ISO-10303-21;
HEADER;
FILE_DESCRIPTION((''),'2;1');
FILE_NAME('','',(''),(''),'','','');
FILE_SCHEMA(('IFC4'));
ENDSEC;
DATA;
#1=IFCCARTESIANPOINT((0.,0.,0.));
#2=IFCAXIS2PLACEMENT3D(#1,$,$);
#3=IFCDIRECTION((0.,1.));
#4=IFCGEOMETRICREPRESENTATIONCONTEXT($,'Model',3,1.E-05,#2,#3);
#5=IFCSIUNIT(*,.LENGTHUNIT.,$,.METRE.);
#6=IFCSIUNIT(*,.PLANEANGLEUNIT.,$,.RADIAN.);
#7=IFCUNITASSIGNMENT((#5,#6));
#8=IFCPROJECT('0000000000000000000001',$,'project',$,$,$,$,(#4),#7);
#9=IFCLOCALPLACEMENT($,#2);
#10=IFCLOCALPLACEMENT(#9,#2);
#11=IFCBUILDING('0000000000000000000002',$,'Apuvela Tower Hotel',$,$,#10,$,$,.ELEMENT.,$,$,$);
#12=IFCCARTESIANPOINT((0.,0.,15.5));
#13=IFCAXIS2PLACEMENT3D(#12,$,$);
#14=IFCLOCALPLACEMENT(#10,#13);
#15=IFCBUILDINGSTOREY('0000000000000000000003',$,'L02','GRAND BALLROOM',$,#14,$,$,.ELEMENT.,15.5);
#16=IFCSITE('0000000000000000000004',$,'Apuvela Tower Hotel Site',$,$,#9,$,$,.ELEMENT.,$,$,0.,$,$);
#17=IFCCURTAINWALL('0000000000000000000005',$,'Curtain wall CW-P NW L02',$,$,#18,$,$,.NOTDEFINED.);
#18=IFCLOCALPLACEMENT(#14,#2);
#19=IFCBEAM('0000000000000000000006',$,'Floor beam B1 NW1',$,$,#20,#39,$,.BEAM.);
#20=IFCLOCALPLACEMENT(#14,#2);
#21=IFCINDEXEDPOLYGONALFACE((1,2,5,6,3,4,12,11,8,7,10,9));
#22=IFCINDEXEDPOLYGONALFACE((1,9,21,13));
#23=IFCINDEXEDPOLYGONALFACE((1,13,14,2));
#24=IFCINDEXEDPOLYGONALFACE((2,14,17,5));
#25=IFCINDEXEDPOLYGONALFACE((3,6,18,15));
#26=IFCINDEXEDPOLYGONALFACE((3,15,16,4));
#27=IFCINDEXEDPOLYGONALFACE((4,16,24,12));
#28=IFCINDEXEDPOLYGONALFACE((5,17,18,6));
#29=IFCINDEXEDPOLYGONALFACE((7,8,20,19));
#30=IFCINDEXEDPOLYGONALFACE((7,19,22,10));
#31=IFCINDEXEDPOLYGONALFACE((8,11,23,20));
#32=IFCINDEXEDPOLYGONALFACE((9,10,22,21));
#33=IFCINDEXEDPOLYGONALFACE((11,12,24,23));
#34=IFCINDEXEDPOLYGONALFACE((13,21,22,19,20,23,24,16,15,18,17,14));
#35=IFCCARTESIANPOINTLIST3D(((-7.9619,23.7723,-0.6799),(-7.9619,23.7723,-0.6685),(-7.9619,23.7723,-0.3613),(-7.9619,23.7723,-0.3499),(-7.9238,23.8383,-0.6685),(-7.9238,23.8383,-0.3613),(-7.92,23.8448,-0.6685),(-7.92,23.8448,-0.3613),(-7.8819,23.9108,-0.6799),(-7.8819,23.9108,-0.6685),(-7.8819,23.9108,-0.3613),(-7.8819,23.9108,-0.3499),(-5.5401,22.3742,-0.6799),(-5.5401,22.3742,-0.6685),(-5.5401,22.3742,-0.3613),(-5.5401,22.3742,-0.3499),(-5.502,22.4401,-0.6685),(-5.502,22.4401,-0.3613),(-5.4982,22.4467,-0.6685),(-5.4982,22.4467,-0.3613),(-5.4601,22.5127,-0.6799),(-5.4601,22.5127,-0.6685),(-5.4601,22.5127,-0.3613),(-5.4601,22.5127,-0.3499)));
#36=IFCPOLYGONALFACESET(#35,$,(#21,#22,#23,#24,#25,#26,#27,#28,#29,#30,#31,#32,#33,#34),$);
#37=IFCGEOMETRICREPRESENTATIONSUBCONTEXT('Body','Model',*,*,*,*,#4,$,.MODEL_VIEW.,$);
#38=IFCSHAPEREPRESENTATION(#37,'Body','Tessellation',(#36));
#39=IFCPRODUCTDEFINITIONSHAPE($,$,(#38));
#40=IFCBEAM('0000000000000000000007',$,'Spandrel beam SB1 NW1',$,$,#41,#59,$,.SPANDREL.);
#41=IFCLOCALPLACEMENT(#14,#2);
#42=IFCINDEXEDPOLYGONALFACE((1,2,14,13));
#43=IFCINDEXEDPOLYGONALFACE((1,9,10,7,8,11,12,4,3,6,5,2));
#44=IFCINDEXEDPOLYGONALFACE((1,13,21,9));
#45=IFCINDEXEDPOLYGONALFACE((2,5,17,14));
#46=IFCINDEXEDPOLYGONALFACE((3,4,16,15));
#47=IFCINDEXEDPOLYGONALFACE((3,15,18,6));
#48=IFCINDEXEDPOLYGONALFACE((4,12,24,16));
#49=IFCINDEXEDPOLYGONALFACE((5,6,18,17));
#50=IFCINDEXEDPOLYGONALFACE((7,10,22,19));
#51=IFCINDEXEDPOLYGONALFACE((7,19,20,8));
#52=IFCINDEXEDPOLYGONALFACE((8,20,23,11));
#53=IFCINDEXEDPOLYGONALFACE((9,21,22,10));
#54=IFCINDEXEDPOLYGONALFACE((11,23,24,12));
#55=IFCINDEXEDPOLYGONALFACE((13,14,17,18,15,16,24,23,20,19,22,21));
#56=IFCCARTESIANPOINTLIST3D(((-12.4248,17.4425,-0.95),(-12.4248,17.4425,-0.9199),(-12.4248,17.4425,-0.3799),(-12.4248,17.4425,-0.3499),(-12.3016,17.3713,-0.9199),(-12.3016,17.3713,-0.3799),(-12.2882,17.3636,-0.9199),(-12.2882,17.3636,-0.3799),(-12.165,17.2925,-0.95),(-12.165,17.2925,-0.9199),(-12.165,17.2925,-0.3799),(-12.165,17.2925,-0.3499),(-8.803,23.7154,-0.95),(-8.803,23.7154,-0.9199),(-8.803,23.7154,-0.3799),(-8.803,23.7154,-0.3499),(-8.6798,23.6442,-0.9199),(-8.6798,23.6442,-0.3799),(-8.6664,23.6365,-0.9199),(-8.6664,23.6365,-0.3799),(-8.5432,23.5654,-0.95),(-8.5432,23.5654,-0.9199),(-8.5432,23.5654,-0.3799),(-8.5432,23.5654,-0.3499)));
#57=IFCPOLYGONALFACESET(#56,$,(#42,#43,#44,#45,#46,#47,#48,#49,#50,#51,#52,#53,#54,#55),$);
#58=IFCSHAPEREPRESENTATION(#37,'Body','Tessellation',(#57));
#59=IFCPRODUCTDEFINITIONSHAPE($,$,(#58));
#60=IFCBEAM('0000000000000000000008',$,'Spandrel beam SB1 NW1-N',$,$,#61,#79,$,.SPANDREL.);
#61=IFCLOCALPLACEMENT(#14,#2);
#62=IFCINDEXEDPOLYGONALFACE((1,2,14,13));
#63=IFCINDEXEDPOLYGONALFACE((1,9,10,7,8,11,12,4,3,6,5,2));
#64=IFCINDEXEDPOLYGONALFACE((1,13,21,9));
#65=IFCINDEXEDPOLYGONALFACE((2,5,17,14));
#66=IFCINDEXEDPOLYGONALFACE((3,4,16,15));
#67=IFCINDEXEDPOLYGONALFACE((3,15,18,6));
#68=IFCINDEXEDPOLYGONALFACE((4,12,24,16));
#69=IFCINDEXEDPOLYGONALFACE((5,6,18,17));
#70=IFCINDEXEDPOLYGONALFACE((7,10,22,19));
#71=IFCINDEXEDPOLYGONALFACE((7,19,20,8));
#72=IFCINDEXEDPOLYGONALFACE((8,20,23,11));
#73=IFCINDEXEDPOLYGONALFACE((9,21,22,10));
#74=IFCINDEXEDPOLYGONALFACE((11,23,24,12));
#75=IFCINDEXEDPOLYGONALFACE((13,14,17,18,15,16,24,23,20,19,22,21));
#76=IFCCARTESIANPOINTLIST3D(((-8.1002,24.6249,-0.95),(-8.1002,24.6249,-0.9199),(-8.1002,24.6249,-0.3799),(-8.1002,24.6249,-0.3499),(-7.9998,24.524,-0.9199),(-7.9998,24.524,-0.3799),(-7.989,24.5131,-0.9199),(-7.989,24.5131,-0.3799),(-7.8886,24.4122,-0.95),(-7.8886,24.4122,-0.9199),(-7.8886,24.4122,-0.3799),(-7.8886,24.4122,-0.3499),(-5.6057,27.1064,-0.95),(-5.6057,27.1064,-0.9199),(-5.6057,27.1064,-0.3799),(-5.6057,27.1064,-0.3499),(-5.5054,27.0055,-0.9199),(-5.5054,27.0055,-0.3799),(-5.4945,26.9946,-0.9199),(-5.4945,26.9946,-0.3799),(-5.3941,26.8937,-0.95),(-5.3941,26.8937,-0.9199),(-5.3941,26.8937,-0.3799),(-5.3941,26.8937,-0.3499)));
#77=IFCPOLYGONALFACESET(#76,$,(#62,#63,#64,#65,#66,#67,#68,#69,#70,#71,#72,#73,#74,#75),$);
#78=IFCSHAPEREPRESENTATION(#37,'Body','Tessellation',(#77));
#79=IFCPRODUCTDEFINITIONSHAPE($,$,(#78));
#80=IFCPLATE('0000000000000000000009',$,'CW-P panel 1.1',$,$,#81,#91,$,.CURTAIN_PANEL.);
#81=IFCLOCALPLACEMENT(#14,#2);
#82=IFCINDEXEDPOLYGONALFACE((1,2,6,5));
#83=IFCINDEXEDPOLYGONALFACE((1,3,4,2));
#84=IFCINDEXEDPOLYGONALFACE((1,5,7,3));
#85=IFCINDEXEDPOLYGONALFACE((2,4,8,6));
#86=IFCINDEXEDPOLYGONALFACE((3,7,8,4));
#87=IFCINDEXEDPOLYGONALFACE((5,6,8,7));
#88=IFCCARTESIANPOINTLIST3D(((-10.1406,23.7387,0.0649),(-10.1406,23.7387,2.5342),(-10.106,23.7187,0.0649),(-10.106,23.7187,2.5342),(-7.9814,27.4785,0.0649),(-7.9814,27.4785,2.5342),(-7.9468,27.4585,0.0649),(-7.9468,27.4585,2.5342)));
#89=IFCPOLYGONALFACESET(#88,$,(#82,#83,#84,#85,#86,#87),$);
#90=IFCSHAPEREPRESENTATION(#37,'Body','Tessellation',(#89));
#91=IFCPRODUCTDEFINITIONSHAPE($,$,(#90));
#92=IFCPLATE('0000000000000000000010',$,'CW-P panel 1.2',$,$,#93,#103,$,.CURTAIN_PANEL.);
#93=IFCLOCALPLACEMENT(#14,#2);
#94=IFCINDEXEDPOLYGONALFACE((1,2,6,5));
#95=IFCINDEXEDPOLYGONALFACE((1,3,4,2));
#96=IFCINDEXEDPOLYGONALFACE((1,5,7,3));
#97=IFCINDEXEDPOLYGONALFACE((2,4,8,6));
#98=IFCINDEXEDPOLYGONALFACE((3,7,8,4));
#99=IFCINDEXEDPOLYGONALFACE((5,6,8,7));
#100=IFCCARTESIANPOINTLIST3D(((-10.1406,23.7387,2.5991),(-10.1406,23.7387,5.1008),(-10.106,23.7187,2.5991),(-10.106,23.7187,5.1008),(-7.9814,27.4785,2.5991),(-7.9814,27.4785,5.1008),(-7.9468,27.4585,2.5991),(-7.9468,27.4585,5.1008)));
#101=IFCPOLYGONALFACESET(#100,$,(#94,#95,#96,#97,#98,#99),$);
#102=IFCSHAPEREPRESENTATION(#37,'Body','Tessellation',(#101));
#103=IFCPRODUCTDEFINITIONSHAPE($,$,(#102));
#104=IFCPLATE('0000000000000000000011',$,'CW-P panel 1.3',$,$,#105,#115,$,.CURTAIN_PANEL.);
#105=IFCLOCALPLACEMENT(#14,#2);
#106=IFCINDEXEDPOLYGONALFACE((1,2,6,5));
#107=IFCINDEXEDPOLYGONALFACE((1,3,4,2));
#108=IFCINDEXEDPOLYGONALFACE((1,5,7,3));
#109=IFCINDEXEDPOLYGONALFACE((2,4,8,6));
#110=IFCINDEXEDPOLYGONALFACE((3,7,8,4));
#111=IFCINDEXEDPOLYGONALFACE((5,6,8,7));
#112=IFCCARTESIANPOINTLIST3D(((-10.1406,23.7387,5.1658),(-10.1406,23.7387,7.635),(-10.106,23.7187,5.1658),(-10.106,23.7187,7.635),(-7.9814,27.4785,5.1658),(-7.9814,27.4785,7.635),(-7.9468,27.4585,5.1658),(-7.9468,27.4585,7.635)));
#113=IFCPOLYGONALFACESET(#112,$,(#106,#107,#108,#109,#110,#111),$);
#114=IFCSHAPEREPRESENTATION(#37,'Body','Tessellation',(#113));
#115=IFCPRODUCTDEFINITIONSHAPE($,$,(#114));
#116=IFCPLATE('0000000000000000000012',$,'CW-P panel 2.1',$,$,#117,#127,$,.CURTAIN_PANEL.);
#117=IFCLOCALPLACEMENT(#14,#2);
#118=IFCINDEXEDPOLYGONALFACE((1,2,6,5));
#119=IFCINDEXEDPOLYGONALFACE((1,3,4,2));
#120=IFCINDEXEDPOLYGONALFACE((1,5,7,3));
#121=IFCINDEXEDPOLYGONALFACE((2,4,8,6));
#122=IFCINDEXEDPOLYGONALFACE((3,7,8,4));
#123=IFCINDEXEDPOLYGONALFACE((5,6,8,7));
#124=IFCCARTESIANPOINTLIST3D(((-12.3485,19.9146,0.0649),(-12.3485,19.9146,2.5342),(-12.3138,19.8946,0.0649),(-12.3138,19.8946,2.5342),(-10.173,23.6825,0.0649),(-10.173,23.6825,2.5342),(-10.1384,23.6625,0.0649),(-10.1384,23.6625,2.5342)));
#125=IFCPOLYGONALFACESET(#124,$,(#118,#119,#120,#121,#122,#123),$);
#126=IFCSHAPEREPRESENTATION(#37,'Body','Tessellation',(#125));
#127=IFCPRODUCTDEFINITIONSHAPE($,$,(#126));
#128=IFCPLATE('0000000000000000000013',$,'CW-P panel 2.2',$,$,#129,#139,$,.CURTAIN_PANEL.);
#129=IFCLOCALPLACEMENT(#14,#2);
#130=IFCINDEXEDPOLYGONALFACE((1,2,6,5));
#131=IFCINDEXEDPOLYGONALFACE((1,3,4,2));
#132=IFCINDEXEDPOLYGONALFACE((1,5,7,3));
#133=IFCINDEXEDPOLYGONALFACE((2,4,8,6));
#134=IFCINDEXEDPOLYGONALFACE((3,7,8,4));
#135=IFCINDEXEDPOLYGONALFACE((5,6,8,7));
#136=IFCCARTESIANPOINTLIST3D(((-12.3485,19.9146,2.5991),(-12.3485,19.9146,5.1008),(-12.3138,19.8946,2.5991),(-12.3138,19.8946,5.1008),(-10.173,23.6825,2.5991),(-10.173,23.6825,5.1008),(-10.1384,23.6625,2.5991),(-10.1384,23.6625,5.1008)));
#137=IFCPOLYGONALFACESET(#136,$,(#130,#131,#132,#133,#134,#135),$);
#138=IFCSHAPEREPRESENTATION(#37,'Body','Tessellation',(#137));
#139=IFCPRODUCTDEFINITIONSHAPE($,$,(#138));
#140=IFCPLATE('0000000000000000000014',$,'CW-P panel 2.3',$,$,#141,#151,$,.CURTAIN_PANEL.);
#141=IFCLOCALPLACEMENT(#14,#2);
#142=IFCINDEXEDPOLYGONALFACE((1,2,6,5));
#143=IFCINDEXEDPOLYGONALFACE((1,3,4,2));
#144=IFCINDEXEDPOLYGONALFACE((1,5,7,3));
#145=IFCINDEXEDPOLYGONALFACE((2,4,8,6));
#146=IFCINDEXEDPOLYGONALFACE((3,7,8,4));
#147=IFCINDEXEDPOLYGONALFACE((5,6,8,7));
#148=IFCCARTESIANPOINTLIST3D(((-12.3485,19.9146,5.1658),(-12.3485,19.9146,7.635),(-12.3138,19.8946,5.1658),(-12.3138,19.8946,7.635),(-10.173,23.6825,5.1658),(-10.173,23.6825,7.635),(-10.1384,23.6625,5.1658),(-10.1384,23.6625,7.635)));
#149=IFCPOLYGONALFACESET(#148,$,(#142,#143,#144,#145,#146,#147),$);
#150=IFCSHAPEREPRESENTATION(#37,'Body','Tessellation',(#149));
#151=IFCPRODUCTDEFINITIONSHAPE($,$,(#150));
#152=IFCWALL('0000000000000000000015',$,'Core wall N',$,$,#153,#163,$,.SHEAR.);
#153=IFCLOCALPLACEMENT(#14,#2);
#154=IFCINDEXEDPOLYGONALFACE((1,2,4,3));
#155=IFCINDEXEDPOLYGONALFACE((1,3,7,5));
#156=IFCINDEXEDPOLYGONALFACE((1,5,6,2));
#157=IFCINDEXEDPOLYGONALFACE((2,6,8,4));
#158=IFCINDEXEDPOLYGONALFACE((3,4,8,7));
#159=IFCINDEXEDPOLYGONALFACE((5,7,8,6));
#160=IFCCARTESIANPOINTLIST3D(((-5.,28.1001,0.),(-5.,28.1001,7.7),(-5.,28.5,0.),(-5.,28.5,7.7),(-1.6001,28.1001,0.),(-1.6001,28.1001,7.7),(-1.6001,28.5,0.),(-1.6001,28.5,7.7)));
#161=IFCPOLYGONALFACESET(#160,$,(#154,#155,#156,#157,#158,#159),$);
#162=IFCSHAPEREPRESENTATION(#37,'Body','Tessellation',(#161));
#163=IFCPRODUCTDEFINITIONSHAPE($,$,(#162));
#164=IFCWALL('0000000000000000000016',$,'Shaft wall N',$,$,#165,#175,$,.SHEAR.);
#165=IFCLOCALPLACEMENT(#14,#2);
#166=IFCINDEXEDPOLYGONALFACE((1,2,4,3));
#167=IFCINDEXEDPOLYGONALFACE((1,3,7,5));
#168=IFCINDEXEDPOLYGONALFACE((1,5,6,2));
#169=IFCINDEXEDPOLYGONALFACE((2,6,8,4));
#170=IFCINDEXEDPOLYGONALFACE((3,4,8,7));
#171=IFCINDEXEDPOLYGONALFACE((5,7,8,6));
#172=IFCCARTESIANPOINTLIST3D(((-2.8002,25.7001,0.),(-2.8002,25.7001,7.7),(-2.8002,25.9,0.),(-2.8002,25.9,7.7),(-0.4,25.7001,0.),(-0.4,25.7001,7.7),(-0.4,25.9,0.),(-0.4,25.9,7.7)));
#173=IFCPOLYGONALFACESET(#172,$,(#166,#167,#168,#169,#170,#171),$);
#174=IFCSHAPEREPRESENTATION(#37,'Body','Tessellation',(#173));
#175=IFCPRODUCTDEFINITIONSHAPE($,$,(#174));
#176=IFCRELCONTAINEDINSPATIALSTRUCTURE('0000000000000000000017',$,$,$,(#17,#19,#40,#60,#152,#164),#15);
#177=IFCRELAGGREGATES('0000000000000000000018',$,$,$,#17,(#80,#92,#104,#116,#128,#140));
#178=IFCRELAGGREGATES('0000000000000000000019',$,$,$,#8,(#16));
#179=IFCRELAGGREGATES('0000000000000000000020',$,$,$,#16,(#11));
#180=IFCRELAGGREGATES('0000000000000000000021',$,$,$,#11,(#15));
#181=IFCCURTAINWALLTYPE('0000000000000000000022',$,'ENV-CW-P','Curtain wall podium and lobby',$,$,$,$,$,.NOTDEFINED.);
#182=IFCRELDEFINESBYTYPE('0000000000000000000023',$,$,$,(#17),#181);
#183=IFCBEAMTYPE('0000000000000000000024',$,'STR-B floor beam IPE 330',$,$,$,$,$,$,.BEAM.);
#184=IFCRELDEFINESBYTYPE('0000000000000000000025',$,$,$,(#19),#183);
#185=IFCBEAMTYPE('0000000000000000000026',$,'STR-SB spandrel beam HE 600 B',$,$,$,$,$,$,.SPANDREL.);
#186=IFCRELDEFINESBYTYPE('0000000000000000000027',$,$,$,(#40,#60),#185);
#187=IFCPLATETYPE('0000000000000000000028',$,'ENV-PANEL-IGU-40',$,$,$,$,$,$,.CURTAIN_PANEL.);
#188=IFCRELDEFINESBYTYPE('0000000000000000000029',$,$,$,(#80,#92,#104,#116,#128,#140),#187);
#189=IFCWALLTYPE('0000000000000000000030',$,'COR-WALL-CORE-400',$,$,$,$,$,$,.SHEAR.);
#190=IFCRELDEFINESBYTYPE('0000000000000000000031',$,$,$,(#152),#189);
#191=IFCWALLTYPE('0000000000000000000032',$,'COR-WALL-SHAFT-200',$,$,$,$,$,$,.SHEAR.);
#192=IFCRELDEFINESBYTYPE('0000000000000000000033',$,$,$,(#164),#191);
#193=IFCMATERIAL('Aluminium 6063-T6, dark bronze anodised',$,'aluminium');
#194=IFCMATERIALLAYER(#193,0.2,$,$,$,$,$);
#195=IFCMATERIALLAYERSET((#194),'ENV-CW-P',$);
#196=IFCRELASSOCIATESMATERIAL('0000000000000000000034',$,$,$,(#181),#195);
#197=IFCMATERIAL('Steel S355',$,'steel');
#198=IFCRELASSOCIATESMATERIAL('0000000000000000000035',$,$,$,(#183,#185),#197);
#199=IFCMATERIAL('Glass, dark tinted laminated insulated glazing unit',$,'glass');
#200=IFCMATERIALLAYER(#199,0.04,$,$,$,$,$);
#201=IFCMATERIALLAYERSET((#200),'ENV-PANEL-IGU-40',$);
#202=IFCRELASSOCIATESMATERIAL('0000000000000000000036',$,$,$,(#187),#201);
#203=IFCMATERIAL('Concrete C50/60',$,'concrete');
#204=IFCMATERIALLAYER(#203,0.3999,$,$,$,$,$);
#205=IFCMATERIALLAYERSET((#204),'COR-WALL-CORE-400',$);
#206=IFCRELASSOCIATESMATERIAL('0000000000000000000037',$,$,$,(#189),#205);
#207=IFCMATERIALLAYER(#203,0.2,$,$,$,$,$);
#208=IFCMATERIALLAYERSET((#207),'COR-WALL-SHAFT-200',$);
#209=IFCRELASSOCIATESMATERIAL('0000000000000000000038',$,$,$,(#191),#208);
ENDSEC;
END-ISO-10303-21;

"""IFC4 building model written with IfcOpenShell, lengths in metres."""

from ifc_helpers import new_model, si_unit, direction, frame, frame_2d, origin, origin_2d, place, context, subcontext, project, spatial, rectangle, i_section, extrude, material, layer, layer_set, material_profile, profile_set, type_object, element, aggregate, save


model = new_model("IFC4")

# Units and contexts
model_context = context("Model", 3, precision=1e-05, world=origin(), true_north=direction((0.0, 1.0)))
body_context = subcontext(model_context, "Body", "Model", "MODEL_VIEW")
ifc_project = project(units=[si_unit("LENGTHUNIT", "METRE"), si_unit("PLANEANGLEUNIT", "RADIAN")], contexts=[model_context])

# Site, building, storey
site_placement = place(None, origin())
site = spatial("IfcSite", under=ifc_project, at=site_placement, Name="Apuvela Tower Hotel Site", CompositionType="ELEMENT", RefElevation=0.0)
building_placement = place(site_placement, origin())
building = spatial("IfcBuilding", under=site, at=building_placement, Name="Apuvela Tower Hotel", CompositionType="ELEMENT")
storey_placement = place(building_placement, frame((0.0, 0.0, 15.5)))
storey = spatial("IfcBuildingStorey", under=building, at=storey_placement, Name="L02", Description="GRAND BALLROOM", CompositionType="ELEMENT", Elevation=15.5)

# Curtain wall
ifc_material_1 = material(Name="Aluminium 6063-T6, dark bronze anodised", Category="aluminium")
ifc_layer_1 = layer(ifc_material_1, 0.2)
ifc_layer_set_1 = layer_set([ifc_layer_1], Name="ENV-CW-P")
curtain_wall_type = type_object("IfcCurtainWallType", Name="ENV-CW-P", Description="Curtain wall podium and lobby", PredefinedType="NOTDEFINED", material=ifc_layer_set_1)
curtain_wall_placement = place(storey_placement, origin())
curtain_wall = element("IfcCurtainWall", 1, at=curtain_wall_placement, inside=storey, type_object=curtain_wall_type, Name="Curtain wall CW-P NW L02", PredefinedType="NOTDEFINED")

# Beams
ifc_material_2 = material(Name="Steel S355", Category="steel")
ifc_material_profile_1 = material_profile(ifc_material_2, i_section(OverallWidth=0.1599, OverallDepth=0.3301, WebThickness=0.0076, FlangeThickness=0.0115, at=origin_2d()), Name="IPE 330")
ifc_profile_set_1 = profile_set([ifc_material_profile_1], Name="Steel S355")
beam_type_1 = type_object("IfcBeamType", Name="STR-B floor beam IPE 330", PredefinedType="BEAM", material=ifc_profile_set_1)
beam_1_placement = place(storey_placement, frame((-7.9219, 23.8416, -0.5149), z_axis=(0.866037, -0.499979, 0.0), x_axis=(0.499979, 0.866037, 0.0)))
element("IfcBeam", 2, at=beam_1_placement, inside=storey, type_object=beam_type_1, Name="Floor beam B1 NW1", PredefinedType="BEAM", context=body_context, shape_type="SweptSolid", body=[
    extrude(i_section(OverallWidth=0.1599, OverallDepth=0.3301, WebThickness=0.0076, FlangeThickness=0.0115, at=origin_2d()), origin(), (0.0, 0.0, 1.0), 2.7964),
])
ifc_material_profile_2 = material_profile(ifc_material_2, i_section(OverallWidth=0.3, OverallDepth=0.6001, WebThickness=0.0154, FlangeThickness=0.03, at=origin_2d()), Name="HE 600 B")
ifc_profile_set_2 = profile_set([ifc_material_profile_2], Name="Steel S355")
beam_type_2 = type_object("IfcBeamType", Name="STR-SB spandrel beam HE 600 B", PredefinedType="SPANDREL", material=ifc_profile_set_2)
beam_2_placement = place(storey_placement, frame((-8.6731, 23.6404, -0.6499), z_axis=(-0.500014, -0.866017, 0.0), x_axis=(0.866017, -0.500014, 0.0)))
element("IfcBeam", 3, at=beam_2_placement, inside=storey, type_object=beam_type_2, Name="Spandrel beam SB1 NW1", PredefinedType="SPANDREL", context=body_context, shape_type="SweptSolid", body=[
    extrude(i_section(OverallWidth=0.3, OverallDepth=0.6001, WebThickness=0.0154, FlangeThickness=0.03, at=origin_2d()), origin(), (0.0, 0.0, 1.0), 7.2434),
])
beam_3_placement = place(storey_placement, frame((-7.9944, 24.5186, -0.6499), z_axis=(0.708943, 0.705266, 0.0), x_axis=(-0.705266, 0.708943, 0.0)))
element("IfcBeam", 4, at=beam_3_placement, inside=storey, type_object=beam_type_2, Name="Spandrel beam SB1 NW1-N", PredefinedType="SPANDREL", context=body_context, shape_type="SweptSolid", body=[
    extrude(i_section(OverallWidth=0.3, OverallDepth=0.6001, WebThickness=0.0154, FlangeThickness=0.03, at=origin_2d()), origin(), (0.0, 0.0, 1.0), 3.5186),
])

# Plates
ifc_material_3 = material(Name="Glass, dark tinted laminated insulated glazing unit", Category="glass")
ifc_layer_2 = layer(ifc_material_3, 0.04)
ifc_layer_set_2 = layer_set([ifc_layer_2], Name="ENV-PANEL-IGU-40")
plate_type = type_object("IfcPlateType", Name="ENV-PANEL-IGU-40", PredefinedType="CURTAIN_PANEL", material=ifc_layer_set_2)
plate_1_placement = place(storey_placement, frame((-9.0437, 25.5986, 0.0649), z_axis=(0.0, 0.0, 1.0), x_axis=(-0.500001, -0.866025, 0.0)))
plate_1 = element("IfcPlate", 5, at=plate_1_placement, type_object=plate_type, Name="CW-P panel 1.1", PredefinedType="CURTAIN_PANEL", context=body_context, shape_type="SweptSolid", body=[
    extrude(rectangle(XDim=4.3184, YDim=0.04, at=origin_2d()), origin(), (0.0, 0.0, 1.0), 2.4692),
])
plate_2_placement = place(storey_placement, frame((-9.0437, 25.5986, 2.5991), z_axis=(0.0, 0.0, 1.0), x_axis=(-0.500001, -0.866025, 0.0)))
plate_2 = element("IfcPlate", 6, at=plate_2_placement, type_object=plate_type, Name="CW-P panel 1.2", PredefinedType="CURTAIN_PANEL", context=body_context, shape_type="SweptSolid", body=[
    extrude(rectangle(XDim=4.3184, YDim=0.04, at=origin_2d()), origin(), (0.0, 0.0, 1.0), 2.5017),
])
plate_3_placement = place(storey_placement, frame((-9.0437, 25.5986, 5.1658), z_axis=(0.0, 0.0, 1.0), x_axis=(-0.500001, -0.866025, 0.0)))
plate_3 = element("IfcPlate", 7, at=plate_3_placement, type_object=plate_type, Name="CW-P panel 1.3", PredefinedType="CURTAIN_PANEL", context=body_context, shape_type="SweptSolid", body=[
    extrude(rectangle(XDim=4.3184, YDim=0.04, at=origin_2d()), origin(), (0.0, 0.0, 1.0), 2.4692),
])
plate_4_placement = place(storey_placement, frame((-11.2434, 21.7886, 0.0649), z_axis=(0.0, 0.0, 1.0), x_axis=(-0.500001, -0.866025, 0.0)))
plate_4 = element("IfcPlate", 8, at=plate_4_placement, type_object=plate_type, Name="CW-P panel 2.1", PredefinedType="CURTAIN_PANEL", context=body_context, shape_type="SweptSolid", body=[
    extrude(rectangle(XDim=4.3508, YDim=0.04, at=origin_2d()), origin(), (0.0, 0.0, 1.0), 2.4692),
])
plate_5_placement = place(storey_placement, frame((-11.2434, 21.7886, 2.5991), z_axis=(0.0, 0.0, 1.0), x_axis=(-0.500001, -0.866025, 0.0)))
plate_5 = element("IfcPlate", 9, at=plate_5_placement, type_object=plate_type, Name="CW-P panel 2.2", PredefinedType="CURTAIN_PANEL", context=body_context, shape_type="SweptSolid", body=[
    extrude(rectangle(XDim=4.3508, YDim=0.04, at=origin_2d()), origin(), (0.0, 0.0, 1.0), 2.5017),
])
plate_6_placement = place(storey_placement, frame((-11.2434, 21.7886, 5.1658), z_axis=(0.0, 0.0, 1.0), x_axis=(-0.500001, -0.866025, 0.0)))
plate_6 = element("IfcPlate", 10, at=plate_6_placement, type_object=plate_type, Name="CW-P panel 2.3", PredefinedType="CURTAIN_PANEL", context=body_context, shape_type="SweptSolid", body=[
    extrude(rectangle(XDim=4.3508, YDim=0.04, at=origin_2d()), origin(), (0.0, 0.0, 1.0), 2.4692),
])
aggregate(curtain_wall, [plate_1, plate_2, plate_3, plate_4, plate_5, plate_6])

# Walls
ifc_material_4 = material(Name="Concrete C50/60", Category="concrete")
ifc_layer_3 = layer(ifc_material_4, 0.3999)
ifc_layer_set_3 = layer_set([ifc_layer_3], Name="COR-WALL-CORE-400")
wall_type_1 = type_object("IfcWallType", Name="COR-WALL-CORE-400", PredefinedType="SHEAR", material=ifc_layer_set_3)
wall_1_placement = place(storey_placement, frame((-1.6001, 28.3, 0.0), z_axis=(0.0, 0.0, 1.0), x_axis=(-1.0, 0.0, 0.0)))
element("IfcWall", 11, at=wall_1_placement, inside=storey, type_object=wall_type_1, Name="Core wall N", PredefinedType="SHEAR", context=body_context, shape_type="SweptSolid", body=[
    extrude(rectangle(XDim=3.3999, YDim=0.3999, at=frame_2d((1.7, 0.0))), origin(), (0.0, 0.0, 1.0), 7.7),
])
ifc_layer_4 = layer(ifc_material_4, 0.2)
ifc_layer_set_4 = layer_set([ifc_layer_4], Name="COR-WALL-SHAFT-200")
wall_type_2 = type_object("IfcWallType", Name="COR-WALL-SHAFT-200", PredefinedType="SHEAR", material=ifc_layer_set_4)
wall_2_placement = place(storey_placement, frame((-0.3999, 25.8, 0.0), z_axis=(0.0, 0.0, 1.0), x_axis=(-1.0, 0.0, 0.0)))
element("IfcWall", 12, at=wall_2_placement, inside=storey, type_object=wall_type_2, Name="Shaft wall N", PredefinedType="SHEAR", context=body_context, shape_type="SweptSolid", body=[
    extrude(rectangle(XDim=2.4001, YDim=0.2, at=frame_2d((1.2002, 0.0))), origin(), (0.0, 0.0, 1.0), 7.7),
])

save(model, "model.ifc")
